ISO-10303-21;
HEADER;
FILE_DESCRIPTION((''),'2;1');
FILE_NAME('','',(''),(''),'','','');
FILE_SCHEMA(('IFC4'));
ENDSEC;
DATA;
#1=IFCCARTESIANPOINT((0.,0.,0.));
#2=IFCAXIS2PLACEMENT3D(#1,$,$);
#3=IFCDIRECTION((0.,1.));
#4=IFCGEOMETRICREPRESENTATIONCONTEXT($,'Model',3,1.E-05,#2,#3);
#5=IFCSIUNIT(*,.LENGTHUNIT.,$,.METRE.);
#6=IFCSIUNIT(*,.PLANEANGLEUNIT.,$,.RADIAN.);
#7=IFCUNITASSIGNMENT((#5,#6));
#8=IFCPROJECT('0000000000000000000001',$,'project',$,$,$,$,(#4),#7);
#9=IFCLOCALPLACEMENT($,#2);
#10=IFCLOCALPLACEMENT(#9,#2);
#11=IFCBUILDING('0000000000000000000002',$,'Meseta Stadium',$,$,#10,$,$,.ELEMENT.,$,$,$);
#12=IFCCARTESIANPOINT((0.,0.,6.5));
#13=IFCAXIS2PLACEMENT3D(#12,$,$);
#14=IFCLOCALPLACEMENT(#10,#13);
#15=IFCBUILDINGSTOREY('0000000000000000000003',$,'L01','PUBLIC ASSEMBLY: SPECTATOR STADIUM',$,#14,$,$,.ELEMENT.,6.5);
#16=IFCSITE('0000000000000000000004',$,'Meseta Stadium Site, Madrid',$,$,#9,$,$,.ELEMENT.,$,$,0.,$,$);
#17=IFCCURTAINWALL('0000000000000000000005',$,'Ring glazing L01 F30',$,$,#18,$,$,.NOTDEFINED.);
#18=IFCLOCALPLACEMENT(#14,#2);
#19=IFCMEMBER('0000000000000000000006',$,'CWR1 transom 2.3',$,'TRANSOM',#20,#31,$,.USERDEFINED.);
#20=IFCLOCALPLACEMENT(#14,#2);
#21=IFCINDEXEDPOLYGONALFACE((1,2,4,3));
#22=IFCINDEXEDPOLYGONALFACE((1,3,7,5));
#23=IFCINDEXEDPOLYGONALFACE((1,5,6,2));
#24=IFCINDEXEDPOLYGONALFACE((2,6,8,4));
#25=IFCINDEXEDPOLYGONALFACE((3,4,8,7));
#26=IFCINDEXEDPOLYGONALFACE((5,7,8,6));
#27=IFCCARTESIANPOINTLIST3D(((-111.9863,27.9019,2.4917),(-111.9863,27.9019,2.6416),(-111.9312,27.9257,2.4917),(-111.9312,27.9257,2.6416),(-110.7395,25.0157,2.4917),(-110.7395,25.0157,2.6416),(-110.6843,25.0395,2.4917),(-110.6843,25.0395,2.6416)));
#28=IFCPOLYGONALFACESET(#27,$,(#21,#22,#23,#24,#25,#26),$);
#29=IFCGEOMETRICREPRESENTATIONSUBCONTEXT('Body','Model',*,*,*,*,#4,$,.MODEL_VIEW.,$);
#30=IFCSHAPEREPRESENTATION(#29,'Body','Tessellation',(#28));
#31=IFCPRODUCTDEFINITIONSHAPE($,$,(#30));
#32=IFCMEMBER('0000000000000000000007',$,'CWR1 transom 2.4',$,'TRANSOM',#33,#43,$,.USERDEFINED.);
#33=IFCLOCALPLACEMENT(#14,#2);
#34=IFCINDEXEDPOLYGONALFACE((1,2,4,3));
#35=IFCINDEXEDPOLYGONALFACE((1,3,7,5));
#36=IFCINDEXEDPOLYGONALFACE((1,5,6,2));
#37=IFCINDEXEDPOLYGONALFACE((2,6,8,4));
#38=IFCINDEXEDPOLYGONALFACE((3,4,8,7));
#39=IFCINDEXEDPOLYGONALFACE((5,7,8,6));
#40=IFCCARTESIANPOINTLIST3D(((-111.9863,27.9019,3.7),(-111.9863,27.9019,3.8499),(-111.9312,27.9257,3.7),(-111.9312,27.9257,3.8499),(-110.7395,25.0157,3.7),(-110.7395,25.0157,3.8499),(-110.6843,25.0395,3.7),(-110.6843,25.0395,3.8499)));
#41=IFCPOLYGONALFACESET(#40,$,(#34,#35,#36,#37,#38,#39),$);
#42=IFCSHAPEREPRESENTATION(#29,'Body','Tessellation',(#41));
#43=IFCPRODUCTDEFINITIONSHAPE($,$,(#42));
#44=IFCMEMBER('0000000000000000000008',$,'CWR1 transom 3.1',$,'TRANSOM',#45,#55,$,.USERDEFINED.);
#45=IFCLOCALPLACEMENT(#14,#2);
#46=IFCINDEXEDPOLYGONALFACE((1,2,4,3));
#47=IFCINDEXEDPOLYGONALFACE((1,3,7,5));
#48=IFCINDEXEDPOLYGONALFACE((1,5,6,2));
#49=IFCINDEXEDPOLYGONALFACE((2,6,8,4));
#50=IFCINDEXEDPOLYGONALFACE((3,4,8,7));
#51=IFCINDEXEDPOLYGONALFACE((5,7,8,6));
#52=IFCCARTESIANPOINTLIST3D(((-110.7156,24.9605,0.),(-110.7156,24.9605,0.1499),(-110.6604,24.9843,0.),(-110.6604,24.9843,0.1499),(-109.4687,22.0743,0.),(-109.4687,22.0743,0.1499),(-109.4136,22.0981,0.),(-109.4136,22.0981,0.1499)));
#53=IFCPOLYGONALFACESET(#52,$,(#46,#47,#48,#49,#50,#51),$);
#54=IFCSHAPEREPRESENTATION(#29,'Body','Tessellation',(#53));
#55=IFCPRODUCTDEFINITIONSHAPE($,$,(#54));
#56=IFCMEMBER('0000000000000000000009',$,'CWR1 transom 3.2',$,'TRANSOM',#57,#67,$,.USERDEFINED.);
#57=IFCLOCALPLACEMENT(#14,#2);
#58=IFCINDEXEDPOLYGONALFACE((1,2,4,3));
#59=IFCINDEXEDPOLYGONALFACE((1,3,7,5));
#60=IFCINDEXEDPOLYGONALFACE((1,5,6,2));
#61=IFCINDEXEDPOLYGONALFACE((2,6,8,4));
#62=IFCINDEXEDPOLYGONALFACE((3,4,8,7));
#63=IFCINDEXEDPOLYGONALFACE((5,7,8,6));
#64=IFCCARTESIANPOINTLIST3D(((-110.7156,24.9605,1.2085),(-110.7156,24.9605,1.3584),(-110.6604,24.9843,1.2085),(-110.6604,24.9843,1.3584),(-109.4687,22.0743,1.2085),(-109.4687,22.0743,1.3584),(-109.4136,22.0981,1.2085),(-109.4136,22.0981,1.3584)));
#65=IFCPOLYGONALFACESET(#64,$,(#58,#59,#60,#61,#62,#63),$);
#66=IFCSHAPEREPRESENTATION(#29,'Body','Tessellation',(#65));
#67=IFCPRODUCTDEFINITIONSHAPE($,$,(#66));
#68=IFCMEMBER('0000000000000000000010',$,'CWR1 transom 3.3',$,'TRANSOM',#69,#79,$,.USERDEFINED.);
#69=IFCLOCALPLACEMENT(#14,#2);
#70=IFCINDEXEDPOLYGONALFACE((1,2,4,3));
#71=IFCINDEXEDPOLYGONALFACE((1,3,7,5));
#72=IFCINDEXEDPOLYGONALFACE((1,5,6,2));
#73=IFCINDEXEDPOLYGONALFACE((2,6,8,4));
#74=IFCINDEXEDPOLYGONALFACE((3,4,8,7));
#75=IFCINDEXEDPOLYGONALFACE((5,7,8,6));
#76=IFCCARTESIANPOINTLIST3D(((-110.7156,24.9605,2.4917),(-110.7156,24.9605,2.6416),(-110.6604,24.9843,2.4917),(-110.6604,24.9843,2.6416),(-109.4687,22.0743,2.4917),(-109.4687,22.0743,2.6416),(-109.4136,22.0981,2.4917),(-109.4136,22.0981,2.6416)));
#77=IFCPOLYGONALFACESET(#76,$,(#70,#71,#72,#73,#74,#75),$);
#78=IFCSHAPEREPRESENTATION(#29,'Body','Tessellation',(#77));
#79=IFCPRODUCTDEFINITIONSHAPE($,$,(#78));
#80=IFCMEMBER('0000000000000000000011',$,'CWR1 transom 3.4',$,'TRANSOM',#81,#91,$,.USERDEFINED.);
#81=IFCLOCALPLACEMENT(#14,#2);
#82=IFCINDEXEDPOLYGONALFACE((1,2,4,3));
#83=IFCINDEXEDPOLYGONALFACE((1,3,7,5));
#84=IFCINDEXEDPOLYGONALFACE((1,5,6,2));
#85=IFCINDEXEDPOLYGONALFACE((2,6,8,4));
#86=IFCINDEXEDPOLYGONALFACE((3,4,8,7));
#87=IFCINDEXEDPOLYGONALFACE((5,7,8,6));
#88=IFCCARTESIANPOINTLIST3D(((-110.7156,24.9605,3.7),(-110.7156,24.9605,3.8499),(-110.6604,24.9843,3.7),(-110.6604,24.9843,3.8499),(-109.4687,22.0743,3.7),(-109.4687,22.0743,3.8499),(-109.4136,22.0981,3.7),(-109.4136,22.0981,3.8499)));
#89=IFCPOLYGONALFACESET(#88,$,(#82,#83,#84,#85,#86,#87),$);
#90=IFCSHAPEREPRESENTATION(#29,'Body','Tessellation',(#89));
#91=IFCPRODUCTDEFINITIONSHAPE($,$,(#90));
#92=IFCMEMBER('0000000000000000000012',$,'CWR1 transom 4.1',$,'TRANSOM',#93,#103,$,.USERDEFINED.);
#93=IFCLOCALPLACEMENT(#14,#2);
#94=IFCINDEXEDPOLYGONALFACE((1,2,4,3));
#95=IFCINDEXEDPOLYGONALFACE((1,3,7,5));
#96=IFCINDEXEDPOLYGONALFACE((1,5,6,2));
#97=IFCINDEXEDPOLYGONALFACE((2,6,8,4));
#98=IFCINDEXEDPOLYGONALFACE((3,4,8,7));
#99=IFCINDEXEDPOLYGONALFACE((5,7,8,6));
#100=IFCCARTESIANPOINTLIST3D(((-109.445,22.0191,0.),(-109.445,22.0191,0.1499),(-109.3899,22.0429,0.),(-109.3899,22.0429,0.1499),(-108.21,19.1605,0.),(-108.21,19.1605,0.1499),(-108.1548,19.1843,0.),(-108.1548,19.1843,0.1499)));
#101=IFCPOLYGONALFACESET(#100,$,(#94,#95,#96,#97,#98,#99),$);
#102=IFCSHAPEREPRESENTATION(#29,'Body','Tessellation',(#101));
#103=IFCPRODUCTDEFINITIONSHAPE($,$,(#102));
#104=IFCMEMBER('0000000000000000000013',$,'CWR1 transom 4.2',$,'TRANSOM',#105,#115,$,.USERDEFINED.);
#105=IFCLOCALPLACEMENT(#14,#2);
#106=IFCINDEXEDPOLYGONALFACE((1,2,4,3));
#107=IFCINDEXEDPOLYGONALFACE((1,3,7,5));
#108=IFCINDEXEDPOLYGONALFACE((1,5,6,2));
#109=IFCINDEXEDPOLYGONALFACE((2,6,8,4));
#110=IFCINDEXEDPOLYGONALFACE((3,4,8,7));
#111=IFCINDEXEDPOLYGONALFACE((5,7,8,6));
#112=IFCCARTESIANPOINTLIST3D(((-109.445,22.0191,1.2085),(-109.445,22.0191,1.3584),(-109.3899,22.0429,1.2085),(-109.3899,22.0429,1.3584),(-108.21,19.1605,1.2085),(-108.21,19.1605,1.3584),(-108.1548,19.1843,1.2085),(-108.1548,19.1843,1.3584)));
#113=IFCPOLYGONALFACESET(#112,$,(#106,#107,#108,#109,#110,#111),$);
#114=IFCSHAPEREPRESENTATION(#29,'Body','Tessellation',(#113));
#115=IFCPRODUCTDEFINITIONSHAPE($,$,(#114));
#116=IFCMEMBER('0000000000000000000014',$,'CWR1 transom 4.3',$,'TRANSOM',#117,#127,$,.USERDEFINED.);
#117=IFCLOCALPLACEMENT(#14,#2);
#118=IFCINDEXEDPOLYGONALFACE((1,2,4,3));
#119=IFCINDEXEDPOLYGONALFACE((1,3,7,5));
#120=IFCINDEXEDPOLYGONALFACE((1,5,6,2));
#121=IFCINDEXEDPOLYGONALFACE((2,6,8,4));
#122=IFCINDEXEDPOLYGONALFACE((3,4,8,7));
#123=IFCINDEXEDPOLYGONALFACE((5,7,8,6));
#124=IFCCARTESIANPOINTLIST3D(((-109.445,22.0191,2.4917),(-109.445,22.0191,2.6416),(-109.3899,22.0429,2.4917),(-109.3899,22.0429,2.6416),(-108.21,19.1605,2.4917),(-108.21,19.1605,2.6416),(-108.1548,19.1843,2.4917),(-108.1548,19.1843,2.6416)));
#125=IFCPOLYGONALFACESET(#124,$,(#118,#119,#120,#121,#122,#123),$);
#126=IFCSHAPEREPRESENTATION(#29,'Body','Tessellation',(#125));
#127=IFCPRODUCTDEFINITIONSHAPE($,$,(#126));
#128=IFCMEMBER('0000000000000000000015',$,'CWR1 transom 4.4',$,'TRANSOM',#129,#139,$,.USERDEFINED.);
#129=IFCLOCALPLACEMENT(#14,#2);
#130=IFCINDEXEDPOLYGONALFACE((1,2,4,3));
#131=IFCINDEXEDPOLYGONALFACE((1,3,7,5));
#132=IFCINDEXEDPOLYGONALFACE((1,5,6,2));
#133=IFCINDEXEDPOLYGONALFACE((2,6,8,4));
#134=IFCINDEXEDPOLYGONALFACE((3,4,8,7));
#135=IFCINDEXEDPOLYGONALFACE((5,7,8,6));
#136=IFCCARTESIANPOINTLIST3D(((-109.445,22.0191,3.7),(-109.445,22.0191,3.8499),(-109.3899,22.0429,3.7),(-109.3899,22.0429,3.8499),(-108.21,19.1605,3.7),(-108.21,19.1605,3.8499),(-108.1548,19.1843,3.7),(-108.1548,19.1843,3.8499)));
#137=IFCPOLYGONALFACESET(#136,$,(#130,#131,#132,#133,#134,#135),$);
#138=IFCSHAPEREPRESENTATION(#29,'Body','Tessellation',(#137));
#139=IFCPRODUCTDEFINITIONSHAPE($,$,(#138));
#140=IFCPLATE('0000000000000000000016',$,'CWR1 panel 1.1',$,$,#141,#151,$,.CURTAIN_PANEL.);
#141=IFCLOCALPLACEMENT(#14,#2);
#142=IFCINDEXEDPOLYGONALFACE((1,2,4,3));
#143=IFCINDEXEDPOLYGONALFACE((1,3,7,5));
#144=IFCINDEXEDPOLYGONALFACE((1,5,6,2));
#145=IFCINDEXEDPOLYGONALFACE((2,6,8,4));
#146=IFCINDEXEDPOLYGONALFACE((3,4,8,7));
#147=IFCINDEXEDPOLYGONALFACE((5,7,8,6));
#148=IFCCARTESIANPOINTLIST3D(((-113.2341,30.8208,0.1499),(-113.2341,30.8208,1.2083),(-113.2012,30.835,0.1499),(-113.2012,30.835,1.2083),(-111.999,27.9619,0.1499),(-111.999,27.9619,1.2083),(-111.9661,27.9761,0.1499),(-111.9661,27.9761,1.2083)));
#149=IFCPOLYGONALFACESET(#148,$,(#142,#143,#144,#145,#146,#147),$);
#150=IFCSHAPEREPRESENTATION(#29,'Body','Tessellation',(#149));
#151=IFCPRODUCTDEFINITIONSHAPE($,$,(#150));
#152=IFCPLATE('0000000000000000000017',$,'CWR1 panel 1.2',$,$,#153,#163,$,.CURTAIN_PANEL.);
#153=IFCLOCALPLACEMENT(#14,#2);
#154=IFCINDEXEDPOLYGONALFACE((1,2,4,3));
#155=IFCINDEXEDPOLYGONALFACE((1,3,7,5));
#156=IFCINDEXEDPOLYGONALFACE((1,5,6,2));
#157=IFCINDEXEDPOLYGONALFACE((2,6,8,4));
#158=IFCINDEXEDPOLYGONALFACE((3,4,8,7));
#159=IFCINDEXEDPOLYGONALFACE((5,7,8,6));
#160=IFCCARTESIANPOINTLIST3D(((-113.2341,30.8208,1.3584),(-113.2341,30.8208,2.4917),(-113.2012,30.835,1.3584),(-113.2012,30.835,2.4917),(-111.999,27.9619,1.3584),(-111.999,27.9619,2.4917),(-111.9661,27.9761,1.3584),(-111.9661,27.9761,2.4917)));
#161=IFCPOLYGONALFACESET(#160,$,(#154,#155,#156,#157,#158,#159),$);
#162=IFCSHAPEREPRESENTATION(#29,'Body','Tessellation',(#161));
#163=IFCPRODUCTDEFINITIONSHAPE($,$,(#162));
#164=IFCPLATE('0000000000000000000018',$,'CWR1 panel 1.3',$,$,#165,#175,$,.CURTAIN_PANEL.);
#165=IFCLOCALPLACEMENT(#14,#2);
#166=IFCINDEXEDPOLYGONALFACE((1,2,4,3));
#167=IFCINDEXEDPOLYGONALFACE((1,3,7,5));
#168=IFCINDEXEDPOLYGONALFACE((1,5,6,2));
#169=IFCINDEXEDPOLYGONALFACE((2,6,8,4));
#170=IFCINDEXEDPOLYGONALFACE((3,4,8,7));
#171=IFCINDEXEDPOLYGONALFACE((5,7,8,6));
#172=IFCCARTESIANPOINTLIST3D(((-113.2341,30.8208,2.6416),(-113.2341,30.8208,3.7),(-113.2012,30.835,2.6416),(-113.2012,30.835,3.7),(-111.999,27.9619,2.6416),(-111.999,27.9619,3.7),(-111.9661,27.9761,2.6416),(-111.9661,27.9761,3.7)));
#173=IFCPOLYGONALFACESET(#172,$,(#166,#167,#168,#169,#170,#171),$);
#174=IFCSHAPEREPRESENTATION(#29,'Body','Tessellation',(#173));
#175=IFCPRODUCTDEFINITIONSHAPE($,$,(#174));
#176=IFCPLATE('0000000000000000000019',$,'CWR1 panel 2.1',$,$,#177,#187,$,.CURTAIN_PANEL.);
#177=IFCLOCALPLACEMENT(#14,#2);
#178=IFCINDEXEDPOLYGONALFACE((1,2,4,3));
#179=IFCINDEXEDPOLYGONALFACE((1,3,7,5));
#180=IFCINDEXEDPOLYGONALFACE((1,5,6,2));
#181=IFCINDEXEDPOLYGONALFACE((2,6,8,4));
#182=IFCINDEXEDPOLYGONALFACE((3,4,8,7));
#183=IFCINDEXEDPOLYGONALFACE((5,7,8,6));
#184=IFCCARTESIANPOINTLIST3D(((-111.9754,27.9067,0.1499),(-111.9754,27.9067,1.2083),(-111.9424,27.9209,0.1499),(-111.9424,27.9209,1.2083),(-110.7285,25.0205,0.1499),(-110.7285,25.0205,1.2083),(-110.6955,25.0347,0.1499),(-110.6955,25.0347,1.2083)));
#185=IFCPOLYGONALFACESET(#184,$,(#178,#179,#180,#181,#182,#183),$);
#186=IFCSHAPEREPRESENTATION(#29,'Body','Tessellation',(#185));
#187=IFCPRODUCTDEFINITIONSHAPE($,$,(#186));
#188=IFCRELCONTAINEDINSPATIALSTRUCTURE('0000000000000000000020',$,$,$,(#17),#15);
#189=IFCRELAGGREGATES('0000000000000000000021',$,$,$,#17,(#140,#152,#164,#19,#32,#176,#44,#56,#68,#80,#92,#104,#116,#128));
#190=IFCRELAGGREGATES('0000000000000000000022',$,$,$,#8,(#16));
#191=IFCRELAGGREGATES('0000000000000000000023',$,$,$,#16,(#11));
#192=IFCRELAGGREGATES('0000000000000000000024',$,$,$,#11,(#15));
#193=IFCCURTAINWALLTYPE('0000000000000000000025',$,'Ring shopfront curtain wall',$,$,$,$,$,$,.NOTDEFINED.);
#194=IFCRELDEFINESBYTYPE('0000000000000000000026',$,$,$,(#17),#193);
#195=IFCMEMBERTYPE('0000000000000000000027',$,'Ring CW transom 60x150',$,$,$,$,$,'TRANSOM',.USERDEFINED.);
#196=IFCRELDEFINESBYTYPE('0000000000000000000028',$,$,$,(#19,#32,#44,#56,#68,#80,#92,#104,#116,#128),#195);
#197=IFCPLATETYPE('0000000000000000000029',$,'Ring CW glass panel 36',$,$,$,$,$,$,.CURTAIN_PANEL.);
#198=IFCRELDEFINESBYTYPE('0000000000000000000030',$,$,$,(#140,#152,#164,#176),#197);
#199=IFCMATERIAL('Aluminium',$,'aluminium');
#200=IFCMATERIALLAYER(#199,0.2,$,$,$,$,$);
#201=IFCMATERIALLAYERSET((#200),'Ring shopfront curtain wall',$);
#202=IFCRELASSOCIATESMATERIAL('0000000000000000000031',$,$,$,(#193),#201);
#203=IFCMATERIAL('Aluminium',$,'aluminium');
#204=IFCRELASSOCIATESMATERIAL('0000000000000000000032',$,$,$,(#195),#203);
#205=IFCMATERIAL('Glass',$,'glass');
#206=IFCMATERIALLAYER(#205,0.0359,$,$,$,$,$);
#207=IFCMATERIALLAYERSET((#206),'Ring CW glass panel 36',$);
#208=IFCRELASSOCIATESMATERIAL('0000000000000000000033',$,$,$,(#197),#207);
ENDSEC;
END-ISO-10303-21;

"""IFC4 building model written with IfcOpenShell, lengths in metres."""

from ifc_helpers import new_model, si_unit, direction, frame, origin, origin_2d, place, context, subcontext, project, spatial, rectangle, extrude, material, layer, layer_set, material_profile, profile_set, type_object, element, aggregate, save


model = new_model("IFC4")

# Units and contexts
model_context = context("Model", 3, precision=1e-05, world=origin(), true_north=direction((0.0, 1.0)))
body_context = subcontext(model_context, "Body", "Model", "MODEL_VIEW")
ifc_project = project(units=[si_unit("LENGTHUNIT", "METRE"), si_unit("PLANEANGLEUNIT", "RADIAN")], contexts=[model_context])

# Site, building, storey
site_placement = place(None, origin())
site = spatial("IfcSite", under=ifc_project, at=site_placement, Name="Meseta Stadium Site, Madrid", CompositionType="ELEMENT", RefElevation=0.0)
building_placement = place(site_placement, origin())
building = spatial("IfcBuilding", under=site, at=building_placement, Name="Meseta Stadium", CompositionType="ELEMENT")
storey_placement = place(building_placement, frame((0.0, 0.0, 6.5)))
storey = spatial("IfcBuildingStorey", under=building, at=storey_placement, Name="L01", Description="PUBLIC ASSEMBLY: SPECTATOR STADIUM", CompositionType="ELEMENT", Elevation=6.5)

# Curtain wall, members, plates
ifc_material_1 = material(Name="Aluminium", Category="aluminium")
ifc_layer_1 = layer(ifc_material_1, 0.2)
ifc_layer_set_1 = layer_set([ifc_layer_1], Name="Ring shopfront curtain wall")
curtain_wall_type = type_object("IfcCurtainWallType", Name="Ring shopfront curtain wall", PredefinedType="NOTDEFINED", material=ifc_layer_set_1)
curtain_wall_placement = place(storey_placement, origin())
curtain_wall = element("IfcCurtainWall", 1, at=curtain_wall_placement, inside=storey, type_object=curtain_wall_type, Name="Ring glazing L01 F30", PredefinedType="NOTDEFINED")
ifc_material_2 = material(Name="Aluminium", Category="aluminium")
ifc_material_profile_1 = material_profile(ifc_material_2, rectangle(XDim=0.0601, YDim=0.1499, at=origin_2d()), Name="CW 60x150")
ifc_profile_set_1 = profile_set([ifc_material_profile_1], Name="Aluminium")
member_type_1 = type_object("IfcMemberType", Name="Ring CW transom 60x150", ElementType="TRANSOM", PredefinedType="USERDEFINED", material=ifc_profile_set_1)
member_1_placement = place(storey_placement, frame((-111.9587, 27.9138, 2.5667), z_axis=(0.39657, -0.918005, 0.0), x_axis=(0.918005, 0.39657, 0.0)))
member_1 = element("IfcMember", 2, at=member_1_placement, type_object=member_type_1, Name="CWR1 transom 2.3", ObjectType="TRANSOM", PredefinedType="USERDEFINED", context=body_context, shape_type="SweptSolid", body=[
    extrude(rectangle(XDim=0.0601, YDim=0.1499, at=origin_2d()), origin(), (0.0, 0.0, 1.0), 3.144),
])
member_2_placement = place(storey_placement, frame((-111.9587, 27.9138, 3.7749), z_axis=(0.39657, -0.918005, 0.0), x_axis=(0.918005, 0.39657, 0.0)))
member_2 = element("IfcMember", 3, at=member_2_placement, type_object=member_type_1, Name="CWR1 transom 2.4", ObjectType="TRANSOM", PredefinedType="USERDEFINED", context=body_context, shape_type="SweptSolid", body=[
    extrude(rectangle(XDim=0.0601, YDim=0.1499, at=origin_2d()), origin(), (0.0, 0.0, 1.0), 3.144),
])
member_3_placement = place(storey_placement, frame((-110.688, 24.9724, 0.075), z_axis=(0.39657, -0.918005, 0.0), x_axis=(0.918005, 0.39657, 0.0)))
member_3 = element("IfcMember", 4, at=member_3_placement, type_object=member_type_1, Name="CWR1 transom 3.1", ObjectType="TRANSOM", PredefinedType="USERDEFINED", context=body_context, shape_type="SweptSolid", body=[
    extrude(rectangle(XDim=0.0601, YDim=0.1499, at=origin_2d()), origin(), (0.0, 0.0, 1.0), 3.144),
])
member_4_placement = place(storey_placement, frame((-110.688, 24.9724, 1.2834), z_axis=(0.39657, -0.918005, 0.0), x_axis=(0.918005, 0.39657, 0.0)))
member_4 = element("IfcMember", 5, at=member_4_placement, type_object=member_type_1, Name="CWR1 transom 3.2", ObjectType="TRANSOM", PredefinedType="USERDEFINED", context=body_context, shape_type="SweptSolid", body=[
    extrude(rectangle(XDim=0.0601, YDim=0.1499, at=origin_2d()), origin(), (0.0, 0.0, 1.0), 3.144),
])
member_5_placement = place(storey_placement, frame((-110.688, 24.9724, 2.5667), z_axis=(0.39657, -0.918005, 0.0), x_axis=(0.918005, 0.39657, 0.0)))
member_5 = element("IfcMember", 6, at=member_5_placement, type_object=member_type_1, Name="CWR1 transom 3.3", ObjectType="TRANSOM", PredefinedType="USERDEFINED", context=body_context, shape_type="SweptSolid", body=[
    extrude(rectangle(XDim=0.0601, YDim=0.1499, at=origin_2d()), origin(), (0.0, 0.0, 1.0), 3.144),
])
member_6_placement = place(storey_placement, frame((-110.688, 24.9724, 3.7749), z_axis=(0.39657, -0.918005, 0.0), x_axis=(0.918005, 0.39657, 0.0)))
member_6 = element("IfcMember", 7, at=member_6_placement, type_object=member_type_1, Name="CWR1 transom 3.4", ObjectType="TRANSOM", PredefinedType="USERDEFINED", context=body_context, shape_type="SweptSolid", body=[
    extrude(rectangle(XDim=0.0601, YDim=0.1499, at=origin_2d()), origin(), (0.0, 0.0, 1.0), 3.144),
])
member_7_placement = place(storey_placement, frame((-109.4175, 22.031, 0.075), z_axis=(0.396624, -0.917981, 0.0), x_axis=(0.917981, 0.396624, 0.0)))
member_7 = element("IfcMember", 8, at=member_7_placement, type_object=member_type_1, Name="CWR1 transom 4.1", ObjectType="TRANSOM", PredefinedType="USERDEFINED", context=body_context, shape_type="SweptSolid", body=[
    extrude(rectangle(XDim=0.0601, YDim=0.1499, at=origin_2d()), origin(), (0.0, 0.0, 1.0), 3.114),
])
member_8_placement = place(storey_placement, frame((-109.4175, 22.031, 1.2834), z_axis=(0.396624, -0.917981, 0.0), x_axis=(0.917981, 0.396624, 0.0)))
member_8 = element("IfcMember", 9, at=member_8_placement, type_object=member_type_1, Name="CWR1 transom 4.2", ObjectType="TRANSOM", PredefinedType="USERDEFINED", context=body_context, shape_type="SweptSolid", body=[
    extrude(rectangle(XDim=0.0601, YDim=0.1499, at=origin_2d()), origin(), (0.0, 0.0, 1.0), 3.114),
])
member_9_placement = place(storey_placement, frame((-109.4175, 22.031, 2.5667), z_axis=(0.396624, -0.917981, 0.0), x_axis=(0.917981, 0.396624, 0.0)))
member_9 = element("IfcMember", 10, at=member_9_placement, type_object=member_type_1, Name="CWR1 transom 4.3", ObjectType="TRANSOM", PredefinedType="USERDEFINED", context=body_context, shape_type="SweptSolid", body=[
    extrude(rectangle(XDim=0.0601, YDim=0.1499, at=origin_2d()), origin(), (0.0, 0.0, 1.0), 3.114),
])
member_10_placement = place(storey_placement, frame((-109.4175, 22.031, 3.7749), z_axis=(0.396624, -0.917981, 0.0), x_axis=(0.917981, 0.396624, 0.0)))
member_10 = element("IfcMember", 11, at=member_10_placement, type_object=member_type_1, Name="CWR1 transom 4.4", ObjectType="TRANSOM", PredefinedType="USERDEFINED", context=body_context, shape_type="SweptSolid", body=[
    extrude(rectangle(XDim=0.0601, YDim=0.1499, at=origin_2d()), origin(), (0.0, 0.0, 1.0), 3.114),
])
ifc_material_3 = material(Name="Glass", Category="glass")
ifc_layer_2 = layer(ifc_material_3, 0.0359)
ifc_layer_set_2 = layer_set([ifc_layer_2], Name="Ring CW glass panel 36")
plate_type_1 = type_object("IfcPlateType", Name="Ring CW glass panel 36", PredefinedType="CURTAIN_PANEL", material=ifc_layer_set_2)
plate_1_placement = place(storey_placement, frame((-112.6001, 29.3984, 0.1499), z_axis=(0.0, 0.0, 1.0), x_axis=(0.396581, -0.918, 0.0)))
plate_1 = element("IfcPlate", 12, at=plate_1_placement, type_object=plate_type_1, Name="CWR1 panel 1.1", PredefinedType="CURTAIN_PANEL", context=body_context, shape_type="SweptSolid", body=[
    extrude(rectangle(XDim=3.1143, YDim=0.0359, at=origin_2d()), origin(), (0.0, 0.0, 1.0), 1.0583),
])
plate_2_placement = place(storey_placement, frame((-112.6001, 29.3984, 1.3584), z_axis=(0.0, 0.0, 1.0), x_axis=(0.396581, -0.918, 0.0)))
plate_2 = element("IfcPlate", 13, at=plate_2_placement, type_object=plate_type_1, Name="CWR1 panel 1.2", PredefinedType="CURTAIN_PANEL", context=body_context, shape_type="SweptSolid", body=[
    extrude(rectangle(XDim=3.1143, YDim=0.0359, at=origin_2d()), origin(), (0.0, 0.0, 1.0), 1.1333),
])
plate_3_placement = place(storey_placement, frame((-112.6001, 29.3984, 2.6416), z_axis=(0.0, 0.0, 1.0), x_axis=(0.396581, -0.918, 0.0)))
plate_3 = element("IfcPlate", 14, at=plate_3_placement, type_object=plate_type_1, Name="CWR1 panel 1.3", PredefinedType="CURTAIN_PANEL", context=body_context, shape_type="SweptSolid", body=[
    extrude(rectangle(XDim=3.1143, YDim=0.0359, at=origin_2d()), origin(), (0.0, 0.0, 1.0), 1.0583),
])
plate_4_placement = place(storey_placement, frame((-111.3354, 26.4707, 0.1499), z_axis=(0.0, 0.0, 1.0), x_axis=(0.396581, -0.918, 0.0)))
plate_4 = element("IfcPlate", 15, at=plate_4_placement, type_object=plate_type_1, Name="CWR1 panel 2.1", PredefinedType="CURTAIN_PANEL", context=body_context, shape_type="SweptSolid", body=[
    extrude(rectangle(XDim=3.144, YDim=0.0359, at=origin_2d()), origin(), (0.0, 0.0, 1.0), 1.0583),
])
aggregate(curtain_wall, [plate_1, plate_2, plate_3, member_1, member_2, plate_4, member_3, member_4, member_5, member_6, member_7, member_8, member_9, member_10])

save(model, "model.ifc")
